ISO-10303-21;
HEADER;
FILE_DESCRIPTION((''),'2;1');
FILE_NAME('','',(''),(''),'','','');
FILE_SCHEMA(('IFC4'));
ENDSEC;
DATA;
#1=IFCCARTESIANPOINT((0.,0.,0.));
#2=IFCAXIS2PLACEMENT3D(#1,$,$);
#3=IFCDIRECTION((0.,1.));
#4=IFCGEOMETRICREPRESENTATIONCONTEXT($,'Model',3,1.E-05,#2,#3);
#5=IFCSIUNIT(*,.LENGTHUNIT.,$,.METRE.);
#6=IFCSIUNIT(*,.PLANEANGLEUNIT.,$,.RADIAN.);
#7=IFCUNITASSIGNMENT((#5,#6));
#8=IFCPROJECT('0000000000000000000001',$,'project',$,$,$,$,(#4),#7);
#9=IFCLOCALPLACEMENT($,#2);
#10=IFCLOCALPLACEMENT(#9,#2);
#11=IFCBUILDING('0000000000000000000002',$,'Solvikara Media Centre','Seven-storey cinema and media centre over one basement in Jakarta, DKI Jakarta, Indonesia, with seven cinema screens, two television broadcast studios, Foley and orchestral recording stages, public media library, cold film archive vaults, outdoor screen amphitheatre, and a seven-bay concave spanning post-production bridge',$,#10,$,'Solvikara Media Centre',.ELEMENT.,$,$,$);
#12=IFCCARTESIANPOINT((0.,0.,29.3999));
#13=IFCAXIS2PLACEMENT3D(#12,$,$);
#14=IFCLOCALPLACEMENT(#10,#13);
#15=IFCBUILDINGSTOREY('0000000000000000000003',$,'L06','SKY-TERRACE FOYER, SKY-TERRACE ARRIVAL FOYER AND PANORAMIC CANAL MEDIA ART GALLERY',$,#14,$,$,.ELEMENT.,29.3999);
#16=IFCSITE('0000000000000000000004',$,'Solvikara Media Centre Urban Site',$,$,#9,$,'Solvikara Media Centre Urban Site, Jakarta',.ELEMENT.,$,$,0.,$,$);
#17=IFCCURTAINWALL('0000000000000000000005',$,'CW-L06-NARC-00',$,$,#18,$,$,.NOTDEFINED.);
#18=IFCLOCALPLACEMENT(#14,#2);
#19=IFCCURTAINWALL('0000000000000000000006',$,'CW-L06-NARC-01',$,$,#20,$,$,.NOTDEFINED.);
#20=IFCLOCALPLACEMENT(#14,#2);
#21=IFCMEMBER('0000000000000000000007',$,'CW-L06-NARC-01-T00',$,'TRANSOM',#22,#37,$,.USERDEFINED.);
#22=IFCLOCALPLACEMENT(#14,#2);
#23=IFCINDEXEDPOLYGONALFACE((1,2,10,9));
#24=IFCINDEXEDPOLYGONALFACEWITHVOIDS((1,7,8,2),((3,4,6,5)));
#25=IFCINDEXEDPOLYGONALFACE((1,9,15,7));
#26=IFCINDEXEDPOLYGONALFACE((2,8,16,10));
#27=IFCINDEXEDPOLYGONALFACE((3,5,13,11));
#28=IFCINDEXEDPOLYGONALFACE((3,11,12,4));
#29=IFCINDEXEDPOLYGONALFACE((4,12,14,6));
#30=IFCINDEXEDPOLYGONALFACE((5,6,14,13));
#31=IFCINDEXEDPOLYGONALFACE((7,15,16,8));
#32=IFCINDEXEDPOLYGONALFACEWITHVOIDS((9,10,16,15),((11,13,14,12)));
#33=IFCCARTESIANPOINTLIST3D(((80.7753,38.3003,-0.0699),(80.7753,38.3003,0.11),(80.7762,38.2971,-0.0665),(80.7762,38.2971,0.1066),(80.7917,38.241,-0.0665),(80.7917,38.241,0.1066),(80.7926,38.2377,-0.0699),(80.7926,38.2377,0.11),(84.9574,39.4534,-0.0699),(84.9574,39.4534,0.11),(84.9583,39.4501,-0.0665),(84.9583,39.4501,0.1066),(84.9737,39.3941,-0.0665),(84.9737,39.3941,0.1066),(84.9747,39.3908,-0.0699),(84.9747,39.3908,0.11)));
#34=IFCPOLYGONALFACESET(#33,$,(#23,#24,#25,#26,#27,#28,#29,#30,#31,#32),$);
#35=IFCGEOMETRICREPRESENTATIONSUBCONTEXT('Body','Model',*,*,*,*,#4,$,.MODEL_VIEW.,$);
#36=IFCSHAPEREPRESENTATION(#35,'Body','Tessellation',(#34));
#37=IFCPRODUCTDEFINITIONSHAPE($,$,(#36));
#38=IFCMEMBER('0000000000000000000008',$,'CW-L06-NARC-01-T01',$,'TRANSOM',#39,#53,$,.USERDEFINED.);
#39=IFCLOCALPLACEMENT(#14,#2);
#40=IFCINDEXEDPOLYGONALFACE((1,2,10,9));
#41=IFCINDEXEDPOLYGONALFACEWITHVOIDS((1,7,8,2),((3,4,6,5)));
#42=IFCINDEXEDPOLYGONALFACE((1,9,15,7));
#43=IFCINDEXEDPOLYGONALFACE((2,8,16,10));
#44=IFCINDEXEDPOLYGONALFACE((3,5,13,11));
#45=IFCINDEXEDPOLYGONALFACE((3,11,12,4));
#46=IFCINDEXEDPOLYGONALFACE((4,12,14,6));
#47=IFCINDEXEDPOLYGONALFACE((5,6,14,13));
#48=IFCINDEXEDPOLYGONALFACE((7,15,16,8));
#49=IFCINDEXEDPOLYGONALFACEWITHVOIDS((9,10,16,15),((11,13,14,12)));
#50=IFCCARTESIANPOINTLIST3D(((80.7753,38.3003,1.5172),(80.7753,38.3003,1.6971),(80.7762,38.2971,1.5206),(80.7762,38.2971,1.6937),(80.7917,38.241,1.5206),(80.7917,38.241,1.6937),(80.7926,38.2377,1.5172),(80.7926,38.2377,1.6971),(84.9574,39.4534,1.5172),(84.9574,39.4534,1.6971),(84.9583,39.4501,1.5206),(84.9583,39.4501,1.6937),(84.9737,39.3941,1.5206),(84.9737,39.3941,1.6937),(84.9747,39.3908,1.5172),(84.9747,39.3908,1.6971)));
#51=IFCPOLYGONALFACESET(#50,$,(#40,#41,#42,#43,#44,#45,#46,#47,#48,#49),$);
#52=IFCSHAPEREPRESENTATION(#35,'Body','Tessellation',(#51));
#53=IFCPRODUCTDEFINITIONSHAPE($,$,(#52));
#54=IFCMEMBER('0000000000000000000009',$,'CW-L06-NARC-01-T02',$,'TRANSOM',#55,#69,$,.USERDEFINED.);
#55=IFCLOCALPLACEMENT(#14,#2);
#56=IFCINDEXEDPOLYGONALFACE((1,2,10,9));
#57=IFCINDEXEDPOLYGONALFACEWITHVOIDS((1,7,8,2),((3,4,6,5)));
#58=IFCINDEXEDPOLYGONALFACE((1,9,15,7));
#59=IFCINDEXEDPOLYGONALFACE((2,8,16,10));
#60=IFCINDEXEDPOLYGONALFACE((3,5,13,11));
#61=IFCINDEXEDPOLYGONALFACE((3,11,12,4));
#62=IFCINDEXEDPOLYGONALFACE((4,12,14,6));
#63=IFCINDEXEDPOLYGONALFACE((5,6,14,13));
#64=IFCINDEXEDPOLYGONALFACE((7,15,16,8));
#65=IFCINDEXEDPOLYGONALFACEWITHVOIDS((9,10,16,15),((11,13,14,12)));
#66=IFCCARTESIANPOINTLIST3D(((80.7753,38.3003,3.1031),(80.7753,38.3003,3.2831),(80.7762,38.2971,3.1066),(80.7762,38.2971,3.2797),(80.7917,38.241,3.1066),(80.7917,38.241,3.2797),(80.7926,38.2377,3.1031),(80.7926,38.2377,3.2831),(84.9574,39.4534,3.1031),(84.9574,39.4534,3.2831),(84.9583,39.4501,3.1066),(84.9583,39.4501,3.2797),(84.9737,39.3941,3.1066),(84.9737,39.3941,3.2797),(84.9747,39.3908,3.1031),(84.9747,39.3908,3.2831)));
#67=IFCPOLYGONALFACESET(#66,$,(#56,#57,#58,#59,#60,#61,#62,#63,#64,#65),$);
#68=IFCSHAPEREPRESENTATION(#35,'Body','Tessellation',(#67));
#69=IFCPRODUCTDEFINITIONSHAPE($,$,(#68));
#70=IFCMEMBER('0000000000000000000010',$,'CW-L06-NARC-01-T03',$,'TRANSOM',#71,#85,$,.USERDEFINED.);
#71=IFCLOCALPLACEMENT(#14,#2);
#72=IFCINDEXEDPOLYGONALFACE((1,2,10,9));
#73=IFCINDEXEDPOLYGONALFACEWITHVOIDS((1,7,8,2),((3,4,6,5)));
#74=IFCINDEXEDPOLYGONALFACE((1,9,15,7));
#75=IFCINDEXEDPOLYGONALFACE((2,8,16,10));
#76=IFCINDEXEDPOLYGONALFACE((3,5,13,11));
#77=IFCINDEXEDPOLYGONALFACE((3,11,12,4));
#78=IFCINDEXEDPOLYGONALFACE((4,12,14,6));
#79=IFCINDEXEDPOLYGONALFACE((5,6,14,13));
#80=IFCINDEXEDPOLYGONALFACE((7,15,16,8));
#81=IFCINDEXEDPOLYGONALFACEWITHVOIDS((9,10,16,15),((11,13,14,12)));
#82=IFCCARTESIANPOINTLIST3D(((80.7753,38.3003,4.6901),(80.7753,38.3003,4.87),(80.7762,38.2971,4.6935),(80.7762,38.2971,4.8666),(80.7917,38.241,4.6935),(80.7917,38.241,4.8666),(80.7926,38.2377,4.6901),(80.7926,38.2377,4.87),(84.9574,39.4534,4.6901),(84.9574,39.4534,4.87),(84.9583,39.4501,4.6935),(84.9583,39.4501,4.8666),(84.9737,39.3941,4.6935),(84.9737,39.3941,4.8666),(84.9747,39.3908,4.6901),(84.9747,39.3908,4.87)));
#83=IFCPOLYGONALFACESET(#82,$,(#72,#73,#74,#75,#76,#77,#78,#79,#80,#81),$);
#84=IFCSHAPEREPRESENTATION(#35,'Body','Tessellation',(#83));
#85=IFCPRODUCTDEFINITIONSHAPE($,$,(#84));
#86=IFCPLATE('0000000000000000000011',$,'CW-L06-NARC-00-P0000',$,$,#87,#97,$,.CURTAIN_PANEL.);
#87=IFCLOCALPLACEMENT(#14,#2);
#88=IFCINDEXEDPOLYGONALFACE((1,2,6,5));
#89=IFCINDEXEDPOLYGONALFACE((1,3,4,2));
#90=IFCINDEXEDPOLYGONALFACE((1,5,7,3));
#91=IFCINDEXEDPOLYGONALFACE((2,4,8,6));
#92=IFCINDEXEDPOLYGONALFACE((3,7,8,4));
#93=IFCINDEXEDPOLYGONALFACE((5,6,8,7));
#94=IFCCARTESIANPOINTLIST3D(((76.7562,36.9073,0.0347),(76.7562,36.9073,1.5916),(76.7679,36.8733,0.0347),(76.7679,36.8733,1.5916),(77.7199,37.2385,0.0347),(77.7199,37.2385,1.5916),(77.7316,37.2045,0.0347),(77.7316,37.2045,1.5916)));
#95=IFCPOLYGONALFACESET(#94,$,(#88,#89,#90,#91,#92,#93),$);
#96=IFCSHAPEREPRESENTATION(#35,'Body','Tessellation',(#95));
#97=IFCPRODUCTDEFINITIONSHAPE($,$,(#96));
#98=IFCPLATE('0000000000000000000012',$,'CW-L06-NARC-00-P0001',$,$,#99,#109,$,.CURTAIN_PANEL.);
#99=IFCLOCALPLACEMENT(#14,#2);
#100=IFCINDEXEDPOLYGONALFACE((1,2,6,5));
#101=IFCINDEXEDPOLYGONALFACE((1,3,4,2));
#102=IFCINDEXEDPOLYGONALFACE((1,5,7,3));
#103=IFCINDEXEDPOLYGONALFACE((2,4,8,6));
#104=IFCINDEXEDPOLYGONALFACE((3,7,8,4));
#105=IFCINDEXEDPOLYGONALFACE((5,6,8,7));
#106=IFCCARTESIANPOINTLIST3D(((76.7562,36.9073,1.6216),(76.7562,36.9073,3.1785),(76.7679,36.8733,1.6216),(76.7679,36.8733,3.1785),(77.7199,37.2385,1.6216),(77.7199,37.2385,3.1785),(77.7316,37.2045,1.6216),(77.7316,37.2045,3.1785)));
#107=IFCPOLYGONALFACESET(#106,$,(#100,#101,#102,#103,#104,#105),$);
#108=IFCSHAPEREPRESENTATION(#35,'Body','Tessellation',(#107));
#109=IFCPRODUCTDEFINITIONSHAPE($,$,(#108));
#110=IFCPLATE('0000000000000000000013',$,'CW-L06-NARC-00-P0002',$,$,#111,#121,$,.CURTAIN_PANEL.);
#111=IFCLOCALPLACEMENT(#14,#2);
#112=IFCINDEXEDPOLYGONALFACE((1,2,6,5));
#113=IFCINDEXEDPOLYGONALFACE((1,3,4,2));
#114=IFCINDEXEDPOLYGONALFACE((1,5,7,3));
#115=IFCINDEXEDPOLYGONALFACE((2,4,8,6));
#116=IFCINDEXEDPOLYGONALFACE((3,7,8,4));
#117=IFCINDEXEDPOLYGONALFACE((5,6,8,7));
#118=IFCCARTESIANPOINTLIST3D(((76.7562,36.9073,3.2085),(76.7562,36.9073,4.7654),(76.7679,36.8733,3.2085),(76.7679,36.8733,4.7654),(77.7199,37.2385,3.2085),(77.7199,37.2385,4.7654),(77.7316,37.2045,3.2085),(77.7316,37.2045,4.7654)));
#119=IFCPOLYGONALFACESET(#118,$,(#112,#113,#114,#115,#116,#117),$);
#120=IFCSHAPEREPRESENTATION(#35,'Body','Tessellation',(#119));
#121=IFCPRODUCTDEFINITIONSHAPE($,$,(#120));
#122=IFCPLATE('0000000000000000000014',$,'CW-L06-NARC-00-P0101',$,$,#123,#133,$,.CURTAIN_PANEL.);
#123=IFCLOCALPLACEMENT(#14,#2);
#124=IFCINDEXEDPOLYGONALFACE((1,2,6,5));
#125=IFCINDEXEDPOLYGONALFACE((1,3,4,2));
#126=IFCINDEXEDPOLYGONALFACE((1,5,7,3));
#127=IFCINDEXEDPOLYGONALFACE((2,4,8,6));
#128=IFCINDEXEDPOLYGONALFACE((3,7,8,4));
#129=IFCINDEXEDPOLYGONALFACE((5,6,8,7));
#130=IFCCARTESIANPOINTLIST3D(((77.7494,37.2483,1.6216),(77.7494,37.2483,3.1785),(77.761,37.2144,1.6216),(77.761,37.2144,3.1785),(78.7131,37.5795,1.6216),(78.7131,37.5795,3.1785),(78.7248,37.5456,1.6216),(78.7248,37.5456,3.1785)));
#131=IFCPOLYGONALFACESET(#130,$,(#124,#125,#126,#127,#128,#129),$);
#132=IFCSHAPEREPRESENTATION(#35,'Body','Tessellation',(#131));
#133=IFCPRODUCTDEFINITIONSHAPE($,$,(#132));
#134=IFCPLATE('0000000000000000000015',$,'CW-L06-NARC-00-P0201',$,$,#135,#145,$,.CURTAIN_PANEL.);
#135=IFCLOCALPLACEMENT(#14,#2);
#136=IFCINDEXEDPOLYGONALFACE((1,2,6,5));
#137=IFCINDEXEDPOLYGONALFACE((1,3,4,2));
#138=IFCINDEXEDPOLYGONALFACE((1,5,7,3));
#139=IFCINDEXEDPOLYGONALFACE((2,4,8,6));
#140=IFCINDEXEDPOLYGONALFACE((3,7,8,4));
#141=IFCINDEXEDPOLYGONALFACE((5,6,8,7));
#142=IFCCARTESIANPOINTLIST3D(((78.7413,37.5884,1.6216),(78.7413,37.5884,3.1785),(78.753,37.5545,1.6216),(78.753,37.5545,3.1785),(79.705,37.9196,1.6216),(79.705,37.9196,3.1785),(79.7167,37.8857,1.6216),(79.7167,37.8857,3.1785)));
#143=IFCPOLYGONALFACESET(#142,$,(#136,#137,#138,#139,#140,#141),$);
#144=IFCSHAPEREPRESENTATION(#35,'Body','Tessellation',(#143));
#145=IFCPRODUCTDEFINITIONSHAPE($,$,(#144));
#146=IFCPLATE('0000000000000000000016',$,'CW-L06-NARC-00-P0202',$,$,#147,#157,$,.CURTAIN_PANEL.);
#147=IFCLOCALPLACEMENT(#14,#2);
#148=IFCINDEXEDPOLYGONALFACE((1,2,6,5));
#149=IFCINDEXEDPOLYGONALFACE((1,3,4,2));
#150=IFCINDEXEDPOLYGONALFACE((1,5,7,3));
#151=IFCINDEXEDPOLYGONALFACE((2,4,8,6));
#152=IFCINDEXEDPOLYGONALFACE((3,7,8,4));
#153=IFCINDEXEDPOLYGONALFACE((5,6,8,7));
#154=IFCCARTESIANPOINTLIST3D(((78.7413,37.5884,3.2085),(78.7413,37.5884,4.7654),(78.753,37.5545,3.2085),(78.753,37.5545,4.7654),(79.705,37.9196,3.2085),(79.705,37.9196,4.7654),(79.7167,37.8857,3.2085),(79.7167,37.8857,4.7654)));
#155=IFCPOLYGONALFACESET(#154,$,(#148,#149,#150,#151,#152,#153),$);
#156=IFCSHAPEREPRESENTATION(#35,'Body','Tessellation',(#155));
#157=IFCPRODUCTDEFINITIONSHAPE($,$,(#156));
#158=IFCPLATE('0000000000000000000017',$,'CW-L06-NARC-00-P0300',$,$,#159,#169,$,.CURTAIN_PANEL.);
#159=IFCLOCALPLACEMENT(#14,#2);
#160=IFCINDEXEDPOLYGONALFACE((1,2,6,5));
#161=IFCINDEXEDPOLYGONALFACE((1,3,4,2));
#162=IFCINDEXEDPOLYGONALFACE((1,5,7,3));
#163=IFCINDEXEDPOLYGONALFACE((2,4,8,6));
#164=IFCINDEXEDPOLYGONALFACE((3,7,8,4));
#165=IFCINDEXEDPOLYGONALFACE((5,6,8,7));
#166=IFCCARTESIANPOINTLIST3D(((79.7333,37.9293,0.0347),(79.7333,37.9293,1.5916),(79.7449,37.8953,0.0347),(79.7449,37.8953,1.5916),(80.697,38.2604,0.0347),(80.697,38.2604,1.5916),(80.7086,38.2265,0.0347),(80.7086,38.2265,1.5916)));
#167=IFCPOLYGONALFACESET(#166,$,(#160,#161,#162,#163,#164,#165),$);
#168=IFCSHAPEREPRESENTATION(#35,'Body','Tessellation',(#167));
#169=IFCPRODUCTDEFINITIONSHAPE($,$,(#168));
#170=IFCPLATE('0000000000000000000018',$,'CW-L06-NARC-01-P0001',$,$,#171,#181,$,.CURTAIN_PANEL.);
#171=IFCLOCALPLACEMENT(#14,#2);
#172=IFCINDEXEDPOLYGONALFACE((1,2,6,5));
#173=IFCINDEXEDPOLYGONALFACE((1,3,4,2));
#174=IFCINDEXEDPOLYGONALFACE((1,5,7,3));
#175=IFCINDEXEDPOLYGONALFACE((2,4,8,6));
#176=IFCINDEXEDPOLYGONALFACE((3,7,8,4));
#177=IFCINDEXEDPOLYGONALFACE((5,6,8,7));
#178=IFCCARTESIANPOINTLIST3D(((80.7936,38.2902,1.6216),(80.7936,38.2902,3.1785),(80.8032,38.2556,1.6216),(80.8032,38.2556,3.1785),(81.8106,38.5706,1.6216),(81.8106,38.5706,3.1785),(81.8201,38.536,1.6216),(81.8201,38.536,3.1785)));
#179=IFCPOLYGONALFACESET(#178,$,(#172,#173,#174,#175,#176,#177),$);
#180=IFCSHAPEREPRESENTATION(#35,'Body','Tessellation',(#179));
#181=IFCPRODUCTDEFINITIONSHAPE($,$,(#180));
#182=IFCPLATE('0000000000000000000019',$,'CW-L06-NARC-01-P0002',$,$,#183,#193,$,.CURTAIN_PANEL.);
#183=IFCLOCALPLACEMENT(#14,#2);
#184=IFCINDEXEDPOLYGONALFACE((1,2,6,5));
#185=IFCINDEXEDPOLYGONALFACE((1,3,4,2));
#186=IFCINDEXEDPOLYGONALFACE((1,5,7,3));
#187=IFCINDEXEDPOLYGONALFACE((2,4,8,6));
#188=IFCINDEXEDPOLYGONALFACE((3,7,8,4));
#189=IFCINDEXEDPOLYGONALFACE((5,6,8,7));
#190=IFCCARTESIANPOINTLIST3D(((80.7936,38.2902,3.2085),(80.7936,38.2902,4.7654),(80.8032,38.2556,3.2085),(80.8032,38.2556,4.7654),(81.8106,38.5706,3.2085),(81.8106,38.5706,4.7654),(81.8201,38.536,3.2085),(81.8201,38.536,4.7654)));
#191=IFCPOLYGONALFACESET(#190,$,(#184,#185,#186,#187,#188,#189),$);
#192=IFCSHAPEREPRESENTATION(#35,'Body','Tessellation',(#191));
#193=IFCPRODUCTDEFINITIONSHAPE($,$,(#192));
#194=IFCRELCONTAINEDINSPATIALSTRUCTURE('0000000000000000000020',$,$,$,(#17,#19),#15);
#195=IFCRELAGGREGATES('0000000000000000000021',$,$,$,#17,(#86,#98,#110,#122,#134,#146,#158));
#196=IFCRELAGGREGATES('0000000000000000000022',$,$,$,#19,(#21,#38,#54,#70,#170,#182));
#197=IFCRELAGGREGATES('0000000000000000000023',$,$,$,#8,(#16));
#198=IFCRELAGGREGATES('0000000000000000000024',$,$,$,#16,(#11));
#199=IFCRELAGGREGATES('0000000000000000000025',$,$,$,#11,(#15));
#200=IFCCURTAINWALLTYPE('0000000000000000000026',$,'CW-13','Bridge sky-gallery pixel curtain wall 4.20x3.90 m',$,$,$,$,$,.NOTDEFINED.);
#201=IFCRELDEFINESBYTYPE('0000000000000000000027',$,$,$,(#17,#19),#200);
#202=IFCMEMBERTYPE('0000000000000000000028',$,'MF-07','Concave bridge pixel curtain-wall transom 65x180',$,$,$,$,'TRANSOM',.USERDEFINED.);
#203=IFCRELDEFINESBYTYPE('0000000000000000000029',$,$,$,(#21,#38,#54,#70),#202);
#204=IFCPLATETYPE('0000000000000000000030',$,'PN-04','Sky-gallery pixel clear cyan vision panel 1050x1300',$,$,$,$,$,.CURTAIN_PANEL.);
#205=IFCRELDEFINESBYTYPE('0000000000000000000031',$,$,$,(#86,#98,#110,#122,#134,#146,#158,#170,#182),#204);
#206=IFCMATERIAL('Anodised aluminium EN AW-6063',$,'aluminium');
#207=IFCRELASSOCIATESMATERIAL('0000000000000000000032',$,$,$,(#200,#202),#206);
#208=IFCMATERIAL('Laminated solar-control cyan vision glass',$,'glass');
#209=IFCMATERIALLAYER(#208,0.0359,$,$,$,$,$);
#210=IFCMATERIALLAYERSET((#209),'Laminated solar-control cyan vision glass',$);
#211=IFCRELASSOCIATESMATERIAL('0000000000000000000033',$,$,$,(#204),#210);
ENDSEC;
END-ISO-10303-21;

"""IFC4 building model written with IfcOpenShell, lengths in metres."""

from ifc_helpers import new_model, si_unit, direction, frame, origin, origin_2d, place, context, subcontext, project, spatial, rectangle, hollow_rectangle, extrude, material, layer, layer_set, material_profile, profile_set, type_object, element, aggregate, save


model = new_model("IFC4")

# Units and contexts
model_context = context("Model", 3, precision=1e-05, world=origin(), true_north=direction((0.0, 1.0)))
body_context = subcontext(model_context, "Body", "Model", "MODEL_VIEW")
ifc_project = project(units=[si_unit("LENGTHUNIT", "METRE"), si_unit("PLANEANGLEUNIT", "RADIAN")], contexts=[model_context])

# Site, building, storey
site_placement = place(None, origin())
site = spatial("IfcSite", under=ifc_project, at=site_placement, Name="Solvikara Media Centre Urban Site", LongName="Solvikara Media Centre Urban Site, Jakarta", CompositionType="ELEMENT", RefElevation=0.0)
building_placement = place(site_placement, origin())
building = spatial("IfcBuilding", under=site, at=building_placement, Name="Solvikara Media Centre", Description="Seven-storey cinema and media centre over one basement in Jakarta, DKI Jakarta, Indonesia, with seven cinema screens, two television broadcast studios, Foley and orchestral recording stages, public media library, cold film archive vaults, outdoor screen amphitheatre, and a seven-bay concave spanning post-production bridge", LongName="Solvikara Media Centre", CompositionType="ELEMENT")
storey_placement = place(building_placement, frame((0.0, 0.0, 29.3999)))
storey = spatial("IfcBuildingStorey", under=building, at=storey_placement, Name="L06", Description="SKY-TERRACE FOYER, SKY-TERRACE ARRIVAL FOYER AND PANORAMIC CANAL MEDIA ART GALLERY", CompositionType="ELEMENT", Elevation=29.3999)

# Curtain wall
ifc_material_1 = material(Name="Anodised aluminium EN AW-6063", Category="aluminium")
curtain_wall_type = type_object("IfcCurtainWallType", Name="CW-13", Description="Bridge sky-gallery pixel curtain wall 4.20x3.90 m", PredefinedType="NOTDEFINED", material=ifc_material_1)
curtain_wall_1_placement = place(storey_placement, origin())
curtain_wall_1 = element("IfcCurtainWall", 1, at=curtain_wall_1_placement, inside=storey, type_object=curtain_wall_type, Name="CW-L06-NARC-00", PredefinedType="NOTDEFINED")

# Curtain wall
curtain_wall_2_placement = place(storey_placement, origin())
curtain_wall_2 = element("IfcCurtainWall", 2, at=curtain_wall_2_placement, inside=storey, type_object=curtain_wall_type, Name="CW-L06-NARC-01", PredefinedType="NOTDEFINED")

# Members
ifc_material_profile_1 = material_profile(ifc_material_1, hollow_rectangle(XDim=0.0649, YDim=0.1799, WallThickness=0.0034, at=origin_2d()), Name="ALU-T 65x180x3.5")
ifc_profile_set_1 = profile_set([ifc_material_profile_1], Name="Anodised aluminium EN AW-6063")
member_type_1 = type_object("IfcMemberType", Name="MF-07", Description="Concave bridge pixel curtain-wall transom 65x180", ElementType="TRANSOM", PredefinedType="USERDEFINED", material=ifc_profile_set_1)
member_1_placement = place(storey_placement, frame((80.7839, 38.269, 0.02), z_axis=(0.964029, 0.265797, 0.0), x_axis=(-0.265797, 0.964029, 0.0)))
member_1 = element("IfcMember", 3, at=member_1_placement, type_object=member_type_1, Name="CW-L06-NARC-01-T00", ObjectType="TRANSOM", PredefinedType="USERDEFINED", context=body_context, shape_type="SweptSolid", body=[
    extrude(hollow_rectangle(XDim=0.0649, YDim=0.1799, WallThickness=0.0034, at=origin_2d()), origin(), (0.0, 0.0, 1.0), 4.3381),
])
member_2_placement = place(storey_placement, frame((80.7839, 38.269, 1.6072), z_axis=(0.964029, 0.265797, 0.0), x_axis=(-0.265797, 0.964029, 0.0)))
member_2 = element("IfcMember", 4, at=member_2_placement, type_object=member_type_1, Name="CW-L06-NARC-01-T01", ObjectType="TRANSOM", PredefinedType="USERDEFINED", context=body_context, shape_type="SweptSolid", body=[
    extrude(hollow_rectangle(XDim=0.0649, YDim=0.1799, WallThickness=0.0034, at=origin_2d()), origin(), (0.0, 0.0, 1.0), 4.3381),
])
member_3_placement = place(storey_placement, frame((80.7839, 38.269, 3.1931), z_axis=(0.964029, 0.265797, 0.0), x_axis=(-0.265797, 0.964029, 0.0)))
member_3 = element("IfcMember", 5, at=member_3_placement, type_object=member_type_1, Name="CW-L06-NARC-01-T02", ObjectType="TRANSOM", PredefinedType="USERDEFINED", context=body_context, shape_type="SweptSolid", body=[
    extrude(hollow_rectangle(XDim=0.0649, YDim=0.1799, WallThickness=0.0034, at=origin_2d()), origin(), (0.0, 0.0, 1.0), 4.3381),
])
member_4_placement = place(storey_placement, frame((80.7839, 38.269, 4.78), z_axis=(0.964029, 0.265797, 0.0), x_axis=(-0.265797, 0.964029, 0.0)))
member_4 = element("IfcMember", 6, at=member_4_placement, type_object=member_type_1, Name="CW-L06-NARC-01-T03", ObjectType="TRANSOM", PredefinedType="USERDEFINED", context=body_context, shape_type="SweptSolid", body=[
    extrude(hollow_rectangle(XDim=0.0649, YDim=0.1799, WallThickness=0.0034, at=origin_2d()), origin(), (0.0, 0.0, 1.0), 4.3381),
])

# Plates
ifc_material_2 = material(Name="Laminated solar-control cyan vision glass", Category="glass")
ifc_layer_1 = layer(ifc_material_2, 0.0359)
ifc_layer_set_1 = layer_set([ifc_layer_1], Name="Laminated solar-control cyan vision glass")
plate_type_1 = type_object("IfcPlateType", Name="PN-04", Description="Sky-gallery pixel clear cyan vision panel 1050x1300", PredefinedType="CURTAIN_PANEL", material=ifc_layer_set_1)
plate_1_placement = place(storey_placement, frame((77.2439, 37.0559, 0.0347), z_axis=(0.0, 0.0, 1.0), x_axis=(0.945712, 0.325007, 0.0)))
plate_1 = element("IfcPlate", 7, at=plate_1_placement, type_object=plate_type_1, Name="CW-L06-NARC-00-P0000", PredefinedType="CURTAIN_PANEL", context=body_context, shape_type="SweptSolid", body=[
    extrude(rectangle(XDim=1.019, YDim=0.0359, at=origin_2d()), origin(), (0.0, 0.0, 1.0), 1.5569),
])
plate_2_placement = place(storey_placement, frame((77.2439, 37.0559, 1.6216), z_axis=(0.0, 0.0, 1.0), x_axis=(0.945712, 0.325007, 0.0)))
plate_2 = element("IfcPlate", 8, at=plate_2_placement, type_object=plate_type_1, Name="CW-L06-NARC-00-P0001", PredefinedType="CURTAIN_PANEL", context=body_context, shape_type="SweptSolid", body=[
    extrude(rectangle(XDim=1.019, YDim=0.0359, at=origin_2d()), origin(), (0.0, 0.0, 1.0), 1.5569),
])
plate_3_placement = place(storey_placement, frame((77.2439, 37.0559, 3.2085), z_axis=(0.0, 0.0, 1.0), x_axis=(0.945712, 0.325007, 0.0)))
plate_3 = element("IfcPlate", 9, at=plate_3_placement, type_object=plate_type_1, Name="CW-L06-NARC-00-P0002", PredefinedType="CURTAIN_PANEL", context=body_context, shape_type="SweptSolid", body=[
    extrude(rectangle(XDim=1.019, YDim=0.0359, at=origin_2d()), origin(), (0.0, 0.0, 1.0), 1.5569),
])
plate_4_placement = place(storey_placement, frame((78.2371, 37.397, 1.6216), z_axis=(0.0, 0.0, 1.0), x_axis=(0.945712, 0.325007, 0.0)))
plate_4 = element("IfcPlate", 10, at=plate_4_placement, type_object=plate_type_1, Name="CW-L06-NARC-00-P0101", PredefinedType="CURTAIN_PANEL", context=body_context, shape_type="SweptSolid", body=[
    extrude(rectangle(XDim=1.019, YDim=0.0359, at=origin_2d()), origin(), (0.0, 0.0, 1.0), 1.5569),
])
plate_5_placement = place(storey_placement, frame((79.229, 37.7371, 1.6216), z_axis=(0.0, 0.0, 1.0), x_axis=(0.945712, 0.325007, 0.0)))
plate_5 = element("IfcPlate", 11, at=plate_5_placement, type_object=plate_type_1, Name="CW-L06-NARC-00-P0201", PredefinedType="CURTAIN_PANEL", context=body_context, shape_type="SweptSolid", body=[
    extrude(rectangle(XDim=1.019, YDim=0.0359, at=origin_2d()), origin(), (0.0, 0.0, 1.0), 1.5569),
])
plate_6_placement = place(storey_placement, frame((79.229, 37.7371, 3.2085), z_axis=(0.0, 0.0, 1.0), x_axis=(0.945712, 0.325007, 0.0)))
plate_6 = element("IfcPlate", 12, at=plate_6_placement, type_object=plate_type_1, Name="CW-L06-NARC-00-P0202", PredefinedType="CURTAIN_PANEL", context=body_context, shape_type="SweptSolid", body=[
    extrude(rectangle(XDim=1.019, YDim=0.0359, at=origin_2d()), origin(), (0.0, 0.0, 1.0), 1.5569),
])
plate_7_placement = place(storey_placement, frame((80.2209, 38.0779, 0.0347), z_axis=(0.0, 0.0, 1.0), x_axis=(0.945712, 0.325007, 0.0)))
plate_7 = element("IfcPlate", 13, at=plate_7_placement, type_object=plate_type_1, Name="CW-L06-NARC-00-P0300", PredefinedType="CURTAIN_PANEL", context=body_context, shape_type="SweptSolid", body=[
    extrude(rectangle(XDim=1.019, YDim=0.0359, at=origin_2d()), origin(), (0.0, 0.0, 1.0), 1.5569),
])
plate_8_placement = place(storey_placement, frame((81.3069, 38.4131, 1.6216), z_axis=(0.0, 0.0, 1.0), x_axis=(0.96403, 0.265792, 0.0)))
plate_8 = element("IfcPlate", 14, at=plate_8_placement, type_object=plate_type_1, Name="CW-L06-NARC-01-P0001", PredefinedType="CURTAIN_PANEL", context=body_context, shape_type="SweptSolid", body=[
    extrude(rectangle(XDim=1.0549, YDim=0.0359, at=origin_2d()), origin(), (0.0, 0.0, 1.0), 1.5569),
])
plate_9_placement = place(storey_placement, frame((81.3069, 38.4131, 3.2085), z_axis=(0.0, 0.0, 1.0), x_axis=(0.96403, 0.265792, 0.0)))
plate_9 = element("IfcPlate", 15, at=plate_9_placement, type_object=plate_type_1, Name="CW-L06-NARC-01-P0002", PredefinedType="CURTAIN_PANEL", context=body_context, shape_type="SweptSolid", body=[
    extrude(rectangle(XDim=1.0549, YDim=0.0359, at=origin_2d()), origin(), (0.0, 0.0, 1.0), 1.5569),
])
aggregate(curtain_wall_1, [plate_1, plate_2, plate_3, plate_4, plate_5, plate_6, plate_7])
aggregate(curtain_wall_2, [member_1, member_2, member_3, member_4, plate_8, plate_9])

save(model, "model.ifc")
